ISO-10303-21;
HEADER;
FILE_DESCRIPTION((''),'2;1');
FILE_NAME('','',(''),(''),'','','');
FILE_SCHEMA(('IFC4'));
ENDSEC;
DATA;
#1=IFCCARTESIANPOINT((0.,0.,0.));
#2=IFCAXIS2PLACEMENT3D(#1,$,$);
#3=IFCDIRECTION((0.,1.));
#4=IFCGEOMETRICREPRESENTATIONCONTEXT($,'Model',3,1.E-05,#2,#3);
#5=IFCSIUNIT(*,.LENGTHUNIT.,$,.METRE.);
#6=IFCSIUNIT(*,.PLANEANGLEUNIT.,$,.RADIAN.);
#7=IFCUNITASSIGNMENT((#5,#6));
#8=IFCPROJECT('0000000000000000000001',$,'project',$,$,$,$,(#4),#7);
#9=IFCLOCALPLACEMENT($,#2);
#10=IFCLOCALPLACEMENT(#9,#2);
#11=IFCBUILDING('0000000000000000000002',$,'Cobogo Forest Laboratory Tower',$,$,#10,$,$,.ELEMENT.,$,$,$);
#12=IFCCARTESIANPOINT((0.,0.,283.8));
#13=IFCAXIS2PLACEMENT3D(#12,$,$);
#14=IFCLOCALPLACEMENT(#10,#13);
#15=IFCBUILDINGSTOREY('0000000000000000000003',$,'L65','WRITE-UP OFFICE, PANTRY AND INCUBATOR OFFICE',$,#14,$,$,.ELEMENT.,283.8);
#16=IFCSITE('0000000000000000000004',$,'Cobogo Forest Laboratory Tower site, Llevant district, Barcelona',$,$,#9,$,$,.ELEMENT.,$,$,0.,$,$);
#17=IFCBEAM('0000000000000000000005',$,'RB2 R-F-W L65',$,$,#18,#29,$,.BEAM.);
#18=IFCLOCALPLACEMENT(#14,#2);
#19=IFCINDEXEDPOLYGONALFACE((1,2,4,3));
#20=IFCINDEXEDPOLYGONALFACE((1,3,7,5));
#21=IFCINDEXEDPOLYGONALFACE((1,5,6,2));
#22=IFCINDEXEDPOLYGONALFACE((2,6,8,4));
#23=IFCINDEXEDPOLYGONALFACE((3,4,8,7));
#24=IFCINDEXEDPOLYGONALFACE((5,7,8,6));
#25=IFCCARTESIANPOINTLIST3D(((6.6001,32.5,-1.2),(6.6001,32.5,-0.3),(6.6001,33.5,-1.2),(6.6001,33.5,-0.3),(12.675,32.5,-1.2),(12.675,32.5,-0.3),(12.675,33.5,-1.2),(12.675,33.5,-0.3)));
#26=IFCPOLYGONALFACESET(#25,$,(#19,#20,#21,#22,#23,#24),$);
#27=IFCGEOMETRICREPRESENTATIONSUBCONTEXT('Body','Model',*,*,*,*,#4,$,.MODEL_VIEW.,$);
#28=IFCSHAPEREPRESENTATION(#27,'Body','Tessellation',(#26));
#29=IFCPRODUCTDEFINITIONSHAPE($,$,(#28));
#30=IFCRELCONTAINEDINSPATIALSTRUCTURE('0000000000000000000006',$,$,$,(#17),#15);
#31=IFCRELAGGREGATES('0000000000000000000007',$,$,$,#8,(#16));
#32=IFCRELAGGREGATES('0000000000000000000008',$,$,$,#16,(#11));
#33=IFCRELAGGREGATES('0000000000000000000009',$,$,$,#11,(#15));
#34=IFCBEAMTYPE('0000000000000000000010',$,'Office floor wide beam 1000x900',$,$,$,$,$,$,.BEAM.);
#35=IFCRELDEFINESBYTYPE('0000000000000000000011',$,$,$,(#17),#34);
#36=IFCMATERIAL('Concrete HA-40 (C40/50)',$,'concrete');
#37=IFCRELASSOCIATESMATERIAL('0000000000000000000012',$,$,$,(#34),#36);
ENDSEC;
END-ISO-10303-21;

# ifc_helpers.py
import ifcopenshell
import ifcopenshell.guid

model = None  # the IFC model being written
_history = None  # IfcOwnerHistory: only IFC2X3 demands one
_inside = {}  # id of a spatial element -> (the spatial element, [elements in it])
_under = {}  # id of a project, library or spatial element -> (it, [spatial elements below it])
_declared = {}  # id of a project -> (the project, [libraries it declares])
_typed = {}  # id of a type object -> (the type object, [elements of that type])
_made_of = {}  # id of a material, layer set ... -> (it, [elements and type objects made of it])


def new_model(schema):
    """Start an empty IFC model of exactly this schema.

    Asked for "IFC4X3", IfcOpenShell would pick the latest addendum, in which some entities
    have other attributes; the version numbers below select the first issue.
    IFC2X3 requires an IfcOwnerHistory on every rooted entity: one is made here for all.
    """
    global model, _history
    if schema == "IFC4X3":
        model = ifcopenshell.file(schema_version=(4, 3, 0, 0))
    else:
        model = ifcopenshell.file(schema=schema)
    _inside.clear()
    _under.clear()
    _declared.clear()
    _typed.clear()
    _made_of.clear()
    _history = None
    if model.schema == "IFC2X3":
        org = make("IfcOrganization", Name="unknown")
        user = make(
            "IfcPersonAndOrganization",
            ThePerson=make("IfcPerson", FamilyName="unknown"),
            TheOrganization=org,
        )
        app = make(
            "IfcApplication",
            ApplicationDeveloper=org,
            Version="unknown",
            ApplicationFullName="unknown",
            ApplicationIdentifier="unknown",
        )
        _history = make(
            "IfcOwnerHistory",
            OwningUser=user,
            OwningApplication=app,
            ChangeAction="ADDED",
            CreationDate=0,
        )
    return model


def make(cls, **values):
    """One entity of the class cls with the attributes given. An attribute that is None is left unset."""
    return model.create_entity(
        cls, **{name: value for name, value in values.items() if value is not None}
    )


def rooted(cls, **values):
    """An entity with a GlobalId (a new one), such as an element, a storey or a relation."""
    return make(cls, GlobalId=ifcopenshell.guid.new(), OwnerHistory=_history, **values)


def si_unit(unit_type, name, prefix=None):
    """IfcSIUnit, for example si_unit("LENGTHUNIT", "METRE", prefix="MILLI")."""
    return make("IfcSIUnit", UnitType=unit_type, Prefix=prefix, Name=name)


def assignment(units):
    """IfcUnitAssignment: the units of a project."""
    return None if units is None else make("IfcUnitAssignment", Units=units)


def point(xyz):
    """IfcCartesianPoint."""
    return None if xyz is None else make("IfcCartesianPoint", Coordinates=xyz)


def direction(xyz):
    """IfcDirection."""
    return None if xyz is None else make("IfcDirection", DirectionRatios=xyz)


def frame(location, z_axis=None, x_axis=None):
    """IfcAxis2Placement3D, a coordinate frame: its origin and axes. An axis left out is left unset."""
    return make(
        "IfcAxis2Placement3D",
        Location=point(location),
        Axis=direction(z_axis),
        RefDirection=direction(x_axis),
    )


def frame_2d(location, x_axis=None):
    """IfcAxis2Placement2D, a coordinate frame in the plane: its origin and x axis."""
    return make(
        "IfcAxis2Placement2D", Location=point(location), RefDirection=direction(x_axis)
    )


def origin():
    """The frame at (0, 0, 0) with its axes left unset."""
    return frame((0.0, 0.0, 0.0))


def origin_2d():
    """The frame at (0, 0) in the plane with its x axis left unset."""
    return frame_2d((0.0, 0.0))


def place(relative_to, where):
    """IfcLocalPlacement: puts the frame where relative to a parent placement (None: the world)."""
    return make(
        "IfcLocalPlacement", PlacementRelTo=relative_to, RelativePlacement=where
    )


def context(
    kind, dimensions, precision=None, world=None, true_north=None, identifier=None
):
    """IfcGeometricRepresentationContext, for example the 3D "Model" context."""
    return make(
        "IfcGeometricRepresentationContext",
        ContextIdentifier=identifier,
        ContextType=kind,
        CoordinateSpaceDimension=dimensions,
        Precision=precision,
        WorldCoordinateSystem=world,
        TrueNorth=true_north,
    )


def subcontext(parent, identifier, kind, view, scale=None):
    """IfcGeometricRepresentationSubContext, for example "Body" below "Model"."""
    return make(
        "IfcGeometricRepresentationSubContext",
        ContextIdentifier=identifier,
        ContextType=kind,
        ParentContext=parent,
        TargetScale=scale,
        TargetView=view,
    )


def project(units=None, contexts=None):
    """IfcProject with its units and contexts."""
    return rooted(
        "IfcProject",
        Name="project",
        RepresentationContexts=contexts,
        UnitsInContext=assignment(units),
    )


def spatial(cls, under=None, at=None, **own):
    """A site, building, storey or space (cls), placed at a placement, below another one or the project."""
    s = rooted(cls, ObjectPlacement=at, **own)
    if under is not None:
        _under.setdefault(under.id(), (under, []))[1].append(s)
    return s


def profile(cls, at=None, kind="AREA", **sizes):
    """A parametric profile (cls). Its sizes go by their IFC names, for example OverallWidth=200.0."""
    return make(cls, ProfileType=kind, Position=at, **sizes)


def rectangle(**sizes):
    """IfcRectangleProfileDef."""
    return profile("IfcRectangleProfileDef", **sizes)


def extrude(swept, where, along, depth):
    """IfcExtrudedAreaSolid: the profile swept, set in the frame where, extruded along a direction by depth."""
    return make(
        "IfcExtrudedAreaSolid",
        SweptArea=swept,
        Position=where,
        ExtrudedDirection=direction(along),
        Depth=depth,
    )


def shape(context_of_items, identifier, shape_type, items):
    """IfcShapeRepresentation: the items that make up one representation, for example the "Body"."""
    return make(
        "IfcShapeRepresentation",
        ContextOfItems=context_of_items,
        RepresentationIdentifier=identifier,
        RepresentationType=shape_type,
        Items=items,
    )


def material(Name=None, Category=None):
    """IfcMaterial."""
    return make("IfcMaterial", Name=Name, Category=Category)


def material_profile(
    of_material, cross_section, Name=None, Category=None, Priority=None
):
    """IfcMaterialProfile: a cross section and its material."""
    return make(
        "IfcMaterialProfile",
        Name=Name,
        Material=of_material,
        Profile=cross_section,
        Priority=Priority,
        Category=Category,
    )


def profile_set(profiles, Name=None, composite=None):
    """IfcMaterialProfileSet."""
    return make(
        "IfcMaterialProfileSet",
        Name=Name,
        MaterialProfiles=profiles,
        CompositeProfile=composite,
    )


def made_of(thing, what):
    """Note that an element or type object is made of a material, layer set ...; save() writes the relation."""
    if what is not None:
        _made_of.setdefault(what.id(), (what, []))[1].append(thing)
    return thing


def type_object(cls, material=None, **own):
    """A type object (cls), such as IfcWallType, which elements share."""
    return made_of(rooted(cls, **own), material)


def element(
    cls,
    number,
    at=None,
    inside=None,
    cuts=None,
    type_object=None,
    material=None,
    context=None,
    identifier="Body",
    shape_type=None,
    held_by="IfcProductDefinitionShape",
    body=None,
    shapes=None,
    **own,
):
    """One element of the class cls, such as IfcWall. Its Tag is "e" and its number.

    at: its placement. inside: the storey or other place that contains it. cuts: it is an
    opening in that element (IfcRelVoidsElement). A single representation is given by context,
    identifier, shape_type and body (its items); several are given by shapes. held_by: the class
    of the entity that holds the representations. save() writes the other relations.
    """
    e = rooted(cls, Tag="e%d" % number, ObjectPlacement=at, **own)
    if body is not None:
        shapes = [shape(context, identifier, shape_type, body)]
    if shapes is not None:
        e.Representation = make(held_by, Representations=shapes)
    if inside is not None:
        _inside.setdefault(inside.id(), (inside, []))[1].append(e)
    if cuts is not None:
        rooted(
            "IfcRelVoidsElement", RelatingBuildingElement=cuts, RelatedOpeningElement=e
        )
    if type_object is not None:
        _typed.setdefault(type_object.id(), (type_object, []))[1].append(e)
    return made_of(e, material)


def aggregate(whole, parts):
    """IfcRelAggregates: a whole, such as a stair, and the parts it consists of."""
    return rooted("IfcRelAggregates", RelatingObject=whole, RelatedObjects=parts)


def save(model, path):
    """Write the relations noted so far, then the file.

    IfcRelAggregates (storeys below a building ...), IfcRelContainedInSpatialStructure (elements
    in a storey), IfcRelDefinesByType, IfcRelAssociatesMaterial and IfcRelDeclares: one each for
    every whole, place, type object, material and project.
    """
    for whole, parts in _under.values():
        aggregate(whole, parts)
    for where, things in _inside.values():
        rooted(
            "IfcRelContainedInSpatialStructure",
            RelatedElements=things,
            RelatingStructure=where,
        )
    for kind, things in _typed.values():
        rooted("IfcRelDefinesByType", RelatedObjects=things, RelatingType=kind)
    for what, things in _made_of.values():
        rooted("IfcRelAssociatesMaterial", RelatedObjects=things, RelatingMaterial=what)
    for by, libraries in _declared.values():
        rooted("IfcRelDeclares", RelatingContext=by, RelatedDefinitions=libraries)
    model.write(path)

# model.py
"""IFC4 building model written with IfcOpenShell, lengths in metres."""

from ifc_helpers import new_model, si_unit, direction, frame, origin, origin_2d, place, context, subcontext, project, spatial, rectangle, extrude, material, material_profile, profile_set, type_object, element, save


model = new_model("IFC4")

# Units and contexts
model_context = context("Model", 3, precision=1e-05, world=origin(), true_north=direction((0.0, 1.0)))
body_context = subcontext(model_context, "Body", "Model", "MODEL_VIEW")
ifc_project = project(units=[si_unit("LENGTHUNIT", "METRE"), si_unit("PLANEANGLEUNIT", "RADIAN")], contexts=[model_context])

# Site, building, storey
site_placement = place(None, origin())
site = spatial("IfcSite", under=ifc_project, at=site_placement, Name="Cobogo Forest Laboratory Tower site, Llevant district, Barcelona", CompositionType="ELEMENT", RefElevation=0.0)
building_placement = place(site_placement, origin())
building = spatial("IfcBuilding", under=site, at=building_placement, Name="Cobogo Forest Laboratory Tower", CompositionType="ELEMENT")
storey_placement = place(building_placement, frame((0.0, 0.0, 283.8)))
storey = spatial("IfcBuildingStorey", under=building, at=storey_placement, Name="L65", Description="WRITE-UP OFFICE, PANTRY AND INCUBATOR OFFICE", CompositionType="ELEMENT", Elevation=283.8)

# Beam
ifc_material_1 = material(Name="Concrete HA-40 (C40/50)", Category="concrete")
ifc_material_profile = material_profile(ifc_material_1, rectangle(XDim=1.0, YDim=0.8999, at=origin_2d()), Name="RC 1000x900")
ifc_profile_set = profile_set([ifc_material_profile], Name="Concrete HA-40 (C40/50)")
beam_type = type_object("IfcBeamType", Name="Office floor wide beam 1000x900", PredefinedType="BEAM", material=ifc_profile_set)
beam_placement = place(storey_placement, frame((12.675, 33.0, -0.75), z_axis=(-1.0, 0.0, 0.0), x_axis=(0.0, -1.0, 0.0)))
element("IfcBeam", 1, at=beam_placement, inside=storey, type_object=beam_type, Name="RB2 R-F-W L65", PredefinedType="BEAM", context=body_context, shape_type="SweptSolid", body=[
    extrude(rectangle(XDim=1.0, YDim=0.8999, at=origin_2d()), origin(), (0.0, 0.0, 1.0), 6.075),
])

save(model, "model.ifc")
